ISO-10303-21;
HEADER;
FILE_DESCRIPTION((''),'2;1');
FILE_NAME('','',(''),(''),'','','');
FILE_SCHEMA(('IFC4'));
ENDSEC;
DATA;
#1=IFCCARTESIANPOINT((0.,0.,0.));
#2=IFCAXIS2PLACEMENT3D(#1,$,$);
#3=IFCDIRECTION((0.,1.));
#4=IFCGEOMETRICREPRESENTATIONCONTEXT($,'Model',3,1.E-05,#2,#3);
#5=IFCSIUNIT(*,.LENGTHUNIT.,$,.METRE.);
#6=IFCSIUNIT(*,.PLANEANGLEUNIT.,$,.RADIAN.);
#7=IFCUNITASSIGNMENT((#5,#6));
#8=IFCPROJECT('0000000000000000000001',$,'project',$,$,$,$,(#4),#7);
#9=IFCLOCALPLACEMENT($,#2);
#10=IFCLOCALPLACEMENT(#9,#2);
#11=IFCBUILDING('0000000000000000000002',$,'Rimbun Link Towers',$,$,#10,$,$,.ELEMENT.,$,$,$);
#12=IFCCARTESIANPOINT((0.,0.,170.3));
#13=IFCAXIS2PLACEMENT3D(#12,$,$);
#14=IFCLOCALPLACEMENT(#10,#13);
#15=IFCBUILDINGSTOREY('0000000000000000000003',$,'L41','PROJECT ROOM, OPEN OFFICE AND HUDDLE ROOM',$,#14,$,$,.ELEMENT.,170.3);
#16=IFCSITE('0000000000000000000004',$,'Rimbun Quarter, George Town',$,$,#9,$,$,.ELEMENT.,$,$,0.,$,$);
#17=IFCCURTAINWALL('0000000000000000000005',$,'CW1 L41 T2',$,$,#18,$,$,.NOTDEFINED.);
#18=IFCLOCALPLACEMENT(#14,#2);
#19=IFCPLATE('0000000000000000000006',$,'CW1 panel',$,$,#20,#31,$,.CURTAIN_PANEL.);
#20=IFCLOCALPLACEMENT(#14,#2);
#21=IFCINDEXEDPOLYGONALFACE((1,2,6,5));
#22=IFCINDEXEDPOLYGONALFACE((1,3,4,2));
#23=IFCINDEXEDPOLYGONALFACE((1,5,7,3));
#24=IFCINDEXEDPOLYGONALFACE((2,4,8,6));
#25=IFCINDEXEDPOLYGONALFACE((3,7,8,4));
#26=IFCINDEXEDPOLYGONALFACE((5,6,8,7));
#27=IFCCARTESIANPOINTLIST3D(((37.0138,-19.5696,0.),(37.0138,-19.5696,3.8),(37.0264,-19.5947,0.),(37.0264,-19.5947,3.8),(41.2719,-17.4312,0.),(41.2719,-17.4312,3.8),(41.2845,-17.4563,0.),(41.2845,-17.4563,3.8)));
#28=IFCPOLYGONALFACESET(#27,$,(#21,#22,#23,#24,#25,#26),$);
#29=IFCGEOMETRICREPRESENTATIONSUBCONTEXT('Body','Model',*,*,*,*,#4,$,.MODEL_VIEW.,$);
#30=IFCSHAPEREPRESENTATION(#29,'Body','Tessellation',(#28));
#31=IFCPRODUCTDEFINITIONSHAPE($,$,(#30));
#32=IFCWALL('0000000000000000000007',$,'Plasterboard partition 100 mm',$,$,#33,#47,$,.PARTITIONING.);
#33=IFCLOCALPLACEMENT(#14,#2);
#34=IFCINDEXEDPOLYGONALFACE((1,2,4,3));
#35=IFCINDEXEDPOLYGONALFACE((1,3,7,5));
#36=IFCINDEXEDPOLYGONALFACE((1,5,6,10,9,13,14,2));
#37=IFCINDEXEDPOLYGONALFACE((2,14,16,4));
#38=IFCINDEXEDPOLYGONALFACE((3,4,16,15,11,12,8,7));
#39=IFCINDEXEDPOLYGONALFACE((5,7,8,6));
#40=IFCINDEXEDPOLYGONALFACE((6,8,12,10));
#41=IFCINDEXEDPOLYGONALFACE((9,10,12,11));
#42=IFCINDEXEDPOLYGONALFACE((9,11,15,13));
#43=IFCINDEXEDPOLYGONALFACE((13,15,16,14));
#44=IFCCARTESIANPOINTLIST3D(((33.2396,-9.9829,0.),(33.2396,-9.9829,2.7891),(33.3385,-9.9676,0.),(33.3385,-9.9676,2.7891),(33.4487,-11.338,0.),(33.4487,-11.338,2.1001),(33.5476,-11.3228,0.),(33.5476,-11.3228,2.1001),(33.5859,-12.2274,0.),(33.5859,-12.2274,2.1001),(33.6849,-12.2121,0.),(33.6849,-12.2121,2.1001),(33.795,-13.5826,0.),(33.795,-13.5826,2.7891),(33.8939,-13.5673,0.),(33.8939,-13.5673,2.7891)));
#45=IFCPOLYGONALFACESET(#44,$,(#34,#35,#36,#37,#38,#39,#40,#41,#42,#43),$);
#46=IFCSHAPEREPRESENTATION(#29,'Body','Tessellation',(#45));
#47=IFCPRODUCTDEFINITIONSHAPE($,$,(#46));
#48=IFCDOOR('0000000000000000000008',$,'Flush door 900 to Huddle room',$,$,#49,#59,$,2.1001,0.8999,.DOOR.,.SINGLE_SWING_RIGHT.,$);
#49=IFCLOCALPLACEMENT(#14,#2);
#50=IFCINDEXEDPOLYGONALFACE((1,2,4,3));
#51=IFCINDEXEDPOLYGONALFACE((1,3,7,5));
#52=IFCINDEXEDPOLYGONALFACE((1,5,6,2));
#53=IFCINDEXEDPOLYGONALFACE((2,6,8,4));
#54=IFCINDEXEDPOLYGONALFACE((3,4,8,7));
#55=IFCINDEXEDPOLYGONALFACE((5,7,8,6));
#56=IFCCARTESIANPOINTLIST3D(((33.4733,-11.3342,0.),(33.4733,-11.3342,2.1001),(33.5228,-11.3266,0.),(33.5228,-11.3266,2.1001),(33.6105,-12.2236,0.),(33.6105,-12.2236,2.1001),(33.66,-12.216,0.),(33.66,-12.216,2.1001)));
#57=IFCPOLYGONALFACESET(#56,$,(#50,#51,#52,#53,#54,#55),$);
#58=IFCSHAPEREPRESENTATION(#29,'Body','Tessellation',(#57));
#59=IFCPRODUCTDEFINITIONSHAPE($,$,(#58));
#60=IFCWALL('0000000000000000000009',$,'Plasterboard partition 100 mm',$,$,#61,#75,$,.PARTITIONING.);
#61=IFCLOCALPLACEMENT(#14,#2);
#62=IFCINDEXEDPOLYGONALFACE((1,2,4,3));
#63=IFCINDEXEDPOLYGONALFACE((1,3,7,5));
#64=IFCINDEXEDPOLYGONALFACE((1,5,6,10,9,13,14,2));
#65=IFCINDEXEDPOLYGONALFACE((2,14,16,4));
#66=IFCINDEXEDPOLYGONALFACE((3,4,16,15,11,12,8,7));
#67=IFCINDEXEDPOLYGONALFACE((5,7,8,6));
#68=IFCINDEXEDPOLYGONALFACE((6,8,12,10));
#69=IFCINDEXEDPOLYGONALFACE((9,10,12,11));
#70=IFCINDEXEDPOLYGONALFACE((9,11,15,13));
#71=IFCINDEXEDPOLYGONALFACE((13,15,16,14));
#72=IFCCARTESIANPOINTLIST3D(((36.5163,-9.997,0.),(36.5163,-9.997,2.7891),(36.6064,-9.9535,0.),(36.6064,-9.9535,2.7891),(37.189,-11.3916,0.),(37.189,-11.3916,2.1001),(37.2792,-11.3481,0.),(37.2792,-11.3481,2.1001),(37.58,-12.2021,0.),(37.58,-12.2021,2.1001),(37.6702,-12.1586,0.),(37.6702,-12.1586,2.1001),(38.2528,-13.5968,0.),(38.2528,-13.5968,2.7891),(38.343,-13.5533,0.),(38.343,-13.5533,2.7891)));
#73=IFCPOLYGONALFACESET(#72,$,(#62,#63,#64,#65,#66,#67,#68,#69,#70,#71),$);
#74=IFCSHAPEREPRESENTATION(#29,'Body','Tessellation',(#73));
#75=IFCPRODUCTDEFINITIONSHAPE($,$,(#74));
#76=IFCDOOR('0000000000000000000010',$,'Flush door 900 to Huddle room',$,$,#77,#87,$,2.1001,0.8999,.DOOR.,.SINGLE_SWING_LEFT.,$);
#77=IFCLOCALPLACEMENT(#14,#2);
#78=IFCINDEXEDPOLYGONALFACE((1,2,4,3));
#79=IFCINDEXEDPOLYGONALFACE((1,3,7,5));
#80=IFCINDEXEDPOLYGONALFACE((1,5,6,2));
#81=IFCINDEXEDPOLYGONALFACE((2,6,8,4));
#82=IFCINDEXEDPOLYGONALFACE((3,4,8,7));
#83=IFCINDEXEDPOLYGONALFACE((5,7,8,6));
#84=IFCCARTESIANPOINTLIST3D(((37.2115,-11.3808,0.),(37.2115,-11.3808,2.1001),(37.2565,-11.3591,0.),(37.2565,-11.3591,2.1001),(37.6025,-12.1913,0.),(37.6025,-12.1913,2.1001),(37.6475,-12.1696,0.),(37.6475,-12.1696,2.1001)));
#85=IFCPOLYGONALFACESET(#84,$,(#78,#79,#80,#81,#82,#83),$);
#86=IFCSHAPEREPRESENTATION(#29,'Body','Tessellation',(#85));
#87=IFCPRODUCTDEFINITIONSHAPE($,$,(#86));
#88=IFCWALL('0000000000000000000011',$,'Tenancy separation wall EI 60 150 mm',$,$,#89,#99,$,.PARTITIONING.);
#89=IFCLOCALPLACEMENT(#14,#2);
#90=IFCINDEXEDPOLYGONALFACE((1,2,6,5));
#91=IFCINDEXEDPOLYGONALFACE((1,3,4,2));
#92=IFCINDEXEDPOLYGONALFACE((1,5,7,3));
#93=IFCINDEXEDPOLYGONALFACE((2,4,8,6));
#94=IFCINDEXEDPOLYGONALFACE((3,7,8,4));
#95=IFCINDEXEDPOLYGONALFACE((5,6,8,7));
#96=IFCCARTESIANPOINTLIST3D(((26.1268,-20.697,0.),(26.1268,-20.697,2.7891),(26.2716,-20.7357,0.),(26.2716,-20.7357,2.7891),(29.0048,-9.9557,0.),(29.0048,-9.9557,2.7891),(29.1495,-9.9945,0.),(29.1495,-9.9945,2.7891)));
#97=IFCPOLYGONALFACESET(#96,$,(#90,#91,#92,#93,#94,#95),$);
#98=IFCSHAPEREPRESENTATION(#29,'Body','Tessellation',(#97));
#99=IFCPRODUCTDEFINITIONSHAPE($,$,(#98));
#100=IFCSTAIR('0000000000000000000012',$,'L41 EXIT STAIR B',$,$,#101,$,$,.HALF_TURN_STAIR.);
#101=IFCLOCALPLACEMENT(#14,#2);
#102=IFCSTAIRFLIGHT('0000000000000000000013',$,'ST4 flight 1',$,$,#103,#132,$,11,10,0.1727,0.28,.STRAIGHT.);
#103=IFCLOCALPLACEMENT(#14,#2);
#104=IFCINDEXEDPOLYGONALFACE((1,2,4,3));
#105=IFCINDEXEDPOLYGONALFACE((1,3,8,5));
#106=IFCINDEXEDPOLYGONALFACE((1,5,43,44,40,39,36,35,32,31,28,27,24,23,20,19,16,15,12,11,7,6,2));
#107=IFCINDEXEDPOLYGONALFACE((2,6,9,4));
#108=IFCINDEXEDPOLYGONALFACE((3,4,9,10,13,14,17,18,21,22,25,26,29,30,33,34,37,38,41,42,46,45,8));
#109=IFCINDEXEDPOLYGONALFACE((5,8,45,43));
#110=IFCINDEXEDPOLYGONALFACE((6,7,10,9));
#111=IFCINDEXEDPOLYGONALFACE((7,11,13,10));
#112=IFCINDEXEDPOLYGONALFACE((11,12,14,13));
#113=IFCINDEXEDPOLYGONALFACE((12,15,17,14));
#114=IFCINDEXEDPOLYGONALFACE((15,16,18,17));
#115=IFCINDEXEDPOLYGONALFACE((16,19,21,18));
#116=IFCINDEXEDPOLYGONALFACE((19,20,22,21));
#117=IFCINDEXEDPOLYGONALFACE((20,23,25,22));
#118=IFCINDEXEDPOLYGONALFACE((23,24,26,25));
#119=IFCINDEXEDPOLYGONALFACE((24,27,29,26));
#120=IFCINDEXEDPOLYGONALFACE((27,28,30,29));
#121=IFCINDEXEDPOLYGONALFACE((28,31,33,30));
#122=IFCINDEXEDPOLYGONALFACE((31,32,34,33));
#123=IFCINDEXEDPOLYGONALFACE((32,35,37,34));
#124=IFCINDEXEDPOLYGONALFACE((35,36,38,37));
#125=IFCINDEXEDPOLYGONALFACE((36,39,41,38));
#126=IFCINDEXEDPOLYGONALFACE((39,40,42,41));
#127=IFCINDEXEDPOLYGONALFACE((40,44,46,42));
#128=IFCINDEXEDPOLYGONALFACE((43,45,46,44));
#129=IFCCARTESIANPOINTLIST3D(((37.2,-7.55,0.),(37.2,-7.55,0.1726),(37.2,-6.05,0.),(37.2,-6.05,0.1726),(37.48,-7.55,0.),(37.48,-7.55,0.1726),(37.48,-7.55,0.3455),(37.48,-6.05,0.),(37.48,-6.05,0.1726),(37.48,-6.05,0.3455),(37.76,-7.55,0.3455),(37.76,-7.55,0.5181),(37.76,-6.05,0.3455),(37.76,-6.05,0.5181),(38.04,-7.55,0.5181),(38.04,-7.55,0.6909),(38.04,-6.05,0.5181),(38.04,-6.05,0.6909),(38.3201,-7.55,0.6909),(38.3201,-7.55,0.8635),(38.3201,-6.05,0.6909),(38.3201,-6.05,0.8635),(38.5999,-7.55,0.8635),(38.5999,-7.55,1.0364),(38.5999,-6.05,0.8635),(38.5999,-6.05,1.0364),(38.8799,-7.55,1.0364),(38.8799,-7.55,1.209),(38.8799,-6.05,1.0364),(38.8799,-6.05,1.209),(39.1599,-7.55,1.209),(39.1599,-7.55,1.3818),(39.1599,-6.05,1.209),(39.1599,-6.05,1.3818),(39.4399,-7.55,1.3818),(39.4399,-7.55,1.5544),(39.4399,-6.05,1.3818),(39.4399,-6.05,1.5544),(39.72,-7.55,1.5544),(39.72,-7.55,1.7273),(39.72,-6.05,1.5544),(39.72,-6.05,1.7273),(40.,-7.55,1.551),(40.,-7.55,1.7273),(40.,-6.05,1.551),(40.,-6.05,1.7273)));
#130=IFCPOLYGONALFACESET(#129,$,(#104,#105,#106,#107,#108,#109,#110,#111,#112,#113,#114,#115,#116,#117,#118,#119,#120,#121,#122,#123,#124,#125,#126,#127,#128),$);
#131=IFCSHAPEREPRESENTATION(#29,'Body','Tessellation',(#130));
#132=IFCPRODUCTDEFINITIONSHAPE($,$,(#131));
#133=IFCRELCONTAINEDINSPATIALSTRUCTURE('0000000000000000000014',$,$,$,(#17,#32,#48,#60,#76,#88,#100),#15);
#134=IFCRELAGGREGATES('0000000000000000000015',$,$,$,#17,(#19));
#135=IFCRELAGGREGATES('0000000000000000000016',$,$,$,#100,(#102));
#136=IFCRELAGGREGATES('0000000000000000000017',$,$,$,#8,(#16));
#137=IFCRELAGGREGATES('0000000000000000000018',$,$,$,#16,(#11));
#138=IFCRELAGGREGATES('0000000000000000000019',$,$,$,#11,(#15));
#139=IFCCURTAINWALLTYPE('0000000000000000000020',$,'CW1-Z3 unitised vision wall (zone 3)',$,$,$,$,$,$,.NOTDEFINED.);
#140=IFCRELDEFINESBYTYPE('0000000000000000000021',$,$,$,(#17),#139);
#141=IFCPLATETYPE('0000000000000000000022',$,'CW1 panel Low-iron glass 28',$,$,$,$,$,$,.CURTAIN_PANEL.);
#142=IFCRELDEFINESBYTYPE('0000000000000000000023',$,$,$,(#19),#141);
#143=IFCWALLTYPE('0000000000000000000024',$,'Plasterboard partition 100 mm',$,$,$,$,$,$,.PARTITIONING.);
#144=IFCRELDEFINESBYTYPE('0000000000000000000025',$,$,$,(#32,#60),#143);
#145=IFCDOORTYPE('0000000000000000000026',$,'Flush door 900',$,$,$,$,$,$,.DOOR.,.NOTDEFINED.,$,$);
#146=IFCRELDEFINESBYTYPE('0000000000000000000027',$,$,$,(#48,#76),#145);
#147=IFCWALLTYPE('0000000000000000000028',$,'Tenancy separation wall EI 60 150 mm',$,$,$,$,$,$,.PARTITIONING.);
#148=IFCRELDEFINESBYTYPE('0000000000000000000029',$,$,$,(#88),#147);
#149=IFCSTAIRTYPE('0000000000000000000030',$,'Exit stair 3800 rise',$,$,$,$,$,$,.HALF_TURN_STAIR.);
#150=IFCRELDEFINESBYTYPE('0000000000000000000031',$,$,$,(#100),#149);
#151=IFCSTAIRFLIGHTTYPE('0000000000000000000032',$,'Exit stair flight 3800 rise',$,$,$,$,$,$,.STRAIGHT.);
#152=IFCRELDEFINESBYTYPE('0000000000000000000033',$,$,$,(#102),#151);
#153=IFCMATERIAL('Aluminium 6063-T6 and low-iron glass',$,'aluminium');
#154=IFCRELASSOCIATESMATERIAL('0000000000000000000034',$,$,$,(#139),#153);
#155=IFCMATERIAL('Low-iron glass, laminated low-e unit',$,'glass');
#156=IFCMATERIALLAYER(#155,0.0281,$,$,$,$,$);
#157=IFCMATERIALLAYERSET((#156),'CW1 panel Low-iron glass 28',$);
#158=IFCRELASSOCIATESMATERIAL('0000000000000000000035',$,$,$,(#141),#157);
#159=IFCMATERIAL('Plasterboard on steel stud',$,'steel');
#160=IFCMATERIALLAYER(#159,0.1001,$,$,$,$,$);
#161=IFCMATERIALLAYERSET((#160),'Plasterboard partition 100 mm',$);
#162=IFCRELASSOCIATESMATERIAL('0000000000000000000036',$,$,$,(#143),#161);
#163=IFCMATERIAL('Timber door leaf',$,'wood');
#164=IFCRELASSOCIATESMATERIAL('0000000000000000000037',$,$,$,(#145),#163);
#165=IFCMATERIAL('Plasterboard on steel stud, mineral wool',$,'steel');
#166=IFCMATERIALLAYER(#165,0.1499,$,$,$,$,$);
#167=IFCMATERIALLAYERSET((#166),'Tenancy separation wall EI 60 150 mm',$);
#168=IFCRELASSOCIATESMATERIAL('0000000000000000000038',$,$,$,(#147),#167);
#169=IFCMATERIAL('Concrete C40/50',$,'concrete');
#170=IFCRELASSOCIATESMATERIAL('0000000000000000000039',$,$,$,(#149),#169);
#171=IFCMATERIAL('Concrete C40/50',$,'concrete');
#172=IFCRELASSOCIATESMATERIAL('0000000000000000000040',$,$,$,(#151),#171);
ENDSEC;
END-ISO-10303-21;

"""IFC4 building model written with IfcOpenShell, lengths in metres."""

from ifc_helpers import new_model, si_unit, direction, frame, frame_2d, origin, origin_2d, place, context, subcontext, project, spatial, polyline, rectangle, outline, extrude, material, layer, layer_set, type_object, element, fill, aggregate, save


model = new_model("IFC4")

# Units and contexts
model_context = context("Model", 3, precision=1e-05, world=origin(), true_north=direction((0.0, 1.0)))
body_context = subcontext(model_context, "Body", "Model", "MODEL_VIEW")
ifc_project = project(units=[si_unit("LENGTHUNIT", "METRE"), si_unit("PLANEANGLEUNIT", "RADIAN")], contexts=[model_context])

# Site, building, storey
site_placement = place(None, origin())
site = spatial("IfcSite", under=ifc_project, at=site_placement, Name="Rimbun Quarter, George Town", CompositionType="ELEMENT", RefElevation=0.0)
building_placement = place(site_placement, origin())
building = spatial("IfcBuilding", under=site, at=building_placement, Name="Rimbun Link Towers", CompositionType="ELEMENT")
storey_placement = place(building_placement, frame((0.0, 0.0, 170.3)))
storey = spatial("IfcBuildingStorey", under=building, at=storey_placement, Name="L41", Description="PROJECT ROOM, OPEN OFFICE AND HUDDLE ROOM", CompositionType="ELEMENT", Elevation=170.3)

# Curtain wall
ifc_material_1 = material(Name="Aluminium 6063-T6 and low-iron glass", Category="aluminium")
curtain_wall_type = type_object("IfcCurtainWallType", Name="CW1-Z3 unitised vision wall (zone 3)", PredefinedType="NOTDEFINED", material=ifc_material_1)
curtain_wall_placement = place(storey_placement, origin())
curtain_wall = element("IfcCurtainWall", 1, at=curtain_wall_placement, inside=storey, type_object=curtain_wall_type, Name="CW1 L41 T2", PredefinedType="NOTDEFINED")

# Plate
ifc_material_2 = material(Name="Low-iron glass, laminated low-e unit", Category="glass")
ifc_layer_1 = layer(ifc_material_2, 0.0281)
ifc_layer_set_1 = layer_set([ifc_layer_1], Name="CW1 panel Low-iron glass 28")
plate_type = type_object("IfcPlateType", Name="CW1 panel Low-iron glass 28", PredefinedType="CURTAIN_PANEL", material=ifc_layer_set_1)
plate_1_placement = place(storey_placement, frame((39.1492, -18.5129, 0.0), z_axis=(0.0, 0.0, 1.0), x_axis=(-0.893646, -0.448773, 0.0)))
plate_1 = element("IfcPlate", 2, at=plate_1_placement, type_object=plate_type, Name="CW1 panel", PredefinedType="CURTAIN_PANEL", context=body_context, shape_type="SweptSolid", body=[
    extrude(rectangle(XDim=4.7649, YDim=0.0281, at=origin_2d()), origin(), (0.0, 0.0, 1.0), 3.8),
])
aggregate(curtain_wall, [plate_1])

# Walls, openings, doors
ifc_material_3 = material(Name="Plasterboard on steel stud", Category="steel")
ifc_layer_2 = layer(ifc_material_3, 0.1001)
ifc_layer_set_2 = layer_set([ifc_layer_2], Name="Plasterboard partition 100 mm")
wall_type_1 = type_object("IfcWallType", Name="Plasterboard partition 100 mm", PredefinedType="PARTITIONING", material=ifc_layer_set_2)
wall_1_placement = place(storey_placement, frame((33.2891, -9.9751, 0.0), z_axis=(0.0, 0.0, 1.0), x_axis=(0.152485, -0.988306, 0.0)))
wall_1 = element("IfcWall", 3, at=wall_1_placement, inside=storey, type_object=wall_type_1, Name="Plasterboard partition 100 mm", PredefinedType="PARTITIONING", context=body_context, shape_type="SweptSolid", body=[
    extrude(rectangle(XDim=3.6423, YDim=0.1001, at=frame_2d((1.8213, 0.0))), origin(), (0.0, 0.0, 1.0), 2.7891),
])
opening_1_placement = place(wall_1_placement, frame((1.3713, 0.0, 0.0)))
opening_1 = element("IfcOpeningElement", 4, at=opening_1_placement, cuts=wall_1, PredefinedType="OPENING", context=body_context, shape_type="SweptSolid", body=[
    extrude(rectangle(XDim=0.8999, YDim=2.1001, at=frame_2d((0.45, 1.05))), frame((0.0, 0.0601, 0.0), z_axis=(0.0, -1.0, 0.0), x_axis=(1.0, 0.0, 0.0)), (0.0, 0.0, 1.0), 0.1201),
])
ifc_material_4 = material(Name="Timber door leaf", Category="wood")
door_type = type_object("IfcDoorType", Name="Flush door 900", OperationType="NOTDEFINED", PredefinedType="DOOR", material=ifc_material_4)
door_1_placement = place(opening_1_placement, origin())
door_1 = element("IfcDoor", 5, at=door_1_placement, inside=storey, type_object=door_type, Name="Flush door 900 to Huddle room", OperationType="SINGLE_SWING_RIGHT", OverallHeight=2.1001, OverallWidth=0.8999, PredefinedType="DOOR", context=body_context, shape_type="SweptSolid", body=[
    extrude(rectangle(XDim=0.8999, YDim=2.1001, at=frame_2d((0.45, 1.05))), frame((0.0, 0.0249, 0.0), z_axis=(0.0, -1.0, 0.0), x_axis=(1.0, 0.0, 0.0)), (0.0, 0.0, 1.0), 0.05),
])
fill(opening_1, door_1)
wall_2_placement = place(storey_placement, frame((36.5613, -9.9751, 0.0), z_axis=(0.0, 0.0, 1.0), x_axis=(0.434488, -0.900678, 0.0)))
wall_2 = element("IfcWall", 6, at=wall_2_placement, inside=storey, type_object=wall_type_1, Name="Plasterboard partition 100 mm", PredefinedType="PARTITIONING", context=body_context, shape_type="SweptSolid", body=[
    extrude(rectangle(XDim=3.9968, YDim=0.1001, at=frame_2d((1.9985, 0.0))), origin(), (0.0, 0.0, 1.0), 2.7891),
])
opening_2_placement = place(wall_2_placement, frame((1.5486, 0.0, 0.0)))
opening_2 = element("IfcOpeningElement", 7, at=opening_2_placement, cuts=wall_2, PredefinedType="OPENING", context=body_context, shape_type="SweptSolid", body=[
    extrude(rectangle(XDim=0.8999, YDim=2.1001, at=frame_2d((0.45, 1.05))), frame((0.0, 0.0601, 0.0), z_axis=(0.0, -1.0, 0.0), x_axis=(1.0, 0.0, 0.0)), (0.0, 0.0, 1.0), 0.1201),
])
door_2_placement = place(opening_2_placement, origin())
door_2 = element("IfcDoor", 8, at=door_2_placement, inside=storey, type_object=door_type, Name="Flush door 900 to Huddle room", OperationType="SINGLE_SWING_LEFT", OverallHeight=2.1001, OverallWidth=0.8999, PredefinedType="DOOR", context=body_context, shape_type="SweptSolid", body=[
    extrude(rectangle(XDim=0.8999, YDim=2.1001, at=frame_2d((0.45, 1.05))), frame((0.0, 0.0249, 0.0), z_axis=(0.0, -1.0, 0.0), x_axis=(1.0, 0.0, 0.0)), (0.0, 0.0, 1.0), 0.05),
])
fill(opening_2, door_2)

# Wall
ifc_material_5 = material(Name="Plasterboard on steel stud, mineral wool", Category="steel")
ifc_layer_3 = layer(ifc_material_5, 0.1499)
ifc_layer_set_3 = layer_set([ifc_layer_3], Name="Tenancy separation wall EI 60 150 mm")
wall_type_2 = type_object("IfcWallType", Name="Tenancy separation wall EI 60 150 mm", PredefinedType="PARTITIONING", material=ifc_layer_set_3)
wall_3_placement = place(storey_placement, frame((29.0771, -9.9751, 0.0), z_axis=(0.0, 0.0, 1.0), x_axis=(-0.258805, -0.96593, 0.0)))
element("IfcWall", 9, at=wall_3_placement, inside=storey, type_object=wall_type_2, Name="Tenancy separation wall EI 60 150 mm", PredefinedType="PARTITIONING", context=body_context, shape_type="SweptSolid", body=[
    extrude(rectangle(XDim=11.1201, YDim=0.1499, at=frame_2d((5.5601, 0.0))), origin(), (0.0, 0.0, 1.0), 2.7891),
])

# Stair, stair flight
ifc_material_6 = material(Name="Concrete C40/50", Category="concrete")
stair_type = type_object("IfcStairType", Name="Exit stair 3800 rise", PredefinedType="HALF_TURN_STAIR", material=ifc_material_6)
stair_placement = place(storey_placement, origin())
stair = element("IfcStair", 10, at=stair_placement, inside=storey, type_object=stair_type, Name="L41 EXIT STAIR B", PredefinedType="HALF_TURN_STAIR")
ifc_material_7 = material(Name="Concrete C40/50", Category="concrete")
stair_flight_type = type_object("IfcStairFlightType", Name="Exit stair flight 3800 rise", PredefinedType="STRAIGHT", material=ifc_material_7)
stair_flight_placement = place(storey_placement, frame((37.2, -6.8, 0.0), z_axis=(0.0, 0.0, 1.0), x_axis=(1.0, 0.0, 0.0)))
stair_flight = element("IfcStairFlight", 11, at=stair_flight_placement, type_object=stair_flight_type, Name="ST4 flight 1", NumberOfRisers=11, NumberOfTreads=10, PredefinedType="STRAIGHT", RiserHeight=0.1727, TreadLength=0.28, context=body_context, shape_type="SweptSolid", body=[
    extrude(outline(polyline([(0.0, 0.0), (0.0, 0.1726), (0.28, 0.1726), (0.28, 0.3455), (0.5601, 0.3455), (0.5601, 0.5181), (0.8401, 0.5181), (0.8401, 0.6909), (1.1201, 0.6909), (1.1201, 0.8635), (1.3999, 0.8635), (1.3999, 1.0364), (1.6799, 1.0364), (1.6799, 1.209), (1.96, 1.209), (1.96, 1.3818), (2.24, 1.3818), (2.24, 1.5544), (2.52, 1.5544), (2.52, 1.7273), (2.8, 1.7273), (2.8, 1.8999), (2.8, 1.551), (0.28, 0.0), (0.0, 0.0)])), frame((0.0, 0.75, 0.0), z_axis=(0.0, -1.0, 0.0), x_axis=(1.0, 0.0, 0.0)), (0.0, 0.0, 1.0), 1.5),
])
aggregate(stair, [stair_flight])

save(model, "model.ifc")
